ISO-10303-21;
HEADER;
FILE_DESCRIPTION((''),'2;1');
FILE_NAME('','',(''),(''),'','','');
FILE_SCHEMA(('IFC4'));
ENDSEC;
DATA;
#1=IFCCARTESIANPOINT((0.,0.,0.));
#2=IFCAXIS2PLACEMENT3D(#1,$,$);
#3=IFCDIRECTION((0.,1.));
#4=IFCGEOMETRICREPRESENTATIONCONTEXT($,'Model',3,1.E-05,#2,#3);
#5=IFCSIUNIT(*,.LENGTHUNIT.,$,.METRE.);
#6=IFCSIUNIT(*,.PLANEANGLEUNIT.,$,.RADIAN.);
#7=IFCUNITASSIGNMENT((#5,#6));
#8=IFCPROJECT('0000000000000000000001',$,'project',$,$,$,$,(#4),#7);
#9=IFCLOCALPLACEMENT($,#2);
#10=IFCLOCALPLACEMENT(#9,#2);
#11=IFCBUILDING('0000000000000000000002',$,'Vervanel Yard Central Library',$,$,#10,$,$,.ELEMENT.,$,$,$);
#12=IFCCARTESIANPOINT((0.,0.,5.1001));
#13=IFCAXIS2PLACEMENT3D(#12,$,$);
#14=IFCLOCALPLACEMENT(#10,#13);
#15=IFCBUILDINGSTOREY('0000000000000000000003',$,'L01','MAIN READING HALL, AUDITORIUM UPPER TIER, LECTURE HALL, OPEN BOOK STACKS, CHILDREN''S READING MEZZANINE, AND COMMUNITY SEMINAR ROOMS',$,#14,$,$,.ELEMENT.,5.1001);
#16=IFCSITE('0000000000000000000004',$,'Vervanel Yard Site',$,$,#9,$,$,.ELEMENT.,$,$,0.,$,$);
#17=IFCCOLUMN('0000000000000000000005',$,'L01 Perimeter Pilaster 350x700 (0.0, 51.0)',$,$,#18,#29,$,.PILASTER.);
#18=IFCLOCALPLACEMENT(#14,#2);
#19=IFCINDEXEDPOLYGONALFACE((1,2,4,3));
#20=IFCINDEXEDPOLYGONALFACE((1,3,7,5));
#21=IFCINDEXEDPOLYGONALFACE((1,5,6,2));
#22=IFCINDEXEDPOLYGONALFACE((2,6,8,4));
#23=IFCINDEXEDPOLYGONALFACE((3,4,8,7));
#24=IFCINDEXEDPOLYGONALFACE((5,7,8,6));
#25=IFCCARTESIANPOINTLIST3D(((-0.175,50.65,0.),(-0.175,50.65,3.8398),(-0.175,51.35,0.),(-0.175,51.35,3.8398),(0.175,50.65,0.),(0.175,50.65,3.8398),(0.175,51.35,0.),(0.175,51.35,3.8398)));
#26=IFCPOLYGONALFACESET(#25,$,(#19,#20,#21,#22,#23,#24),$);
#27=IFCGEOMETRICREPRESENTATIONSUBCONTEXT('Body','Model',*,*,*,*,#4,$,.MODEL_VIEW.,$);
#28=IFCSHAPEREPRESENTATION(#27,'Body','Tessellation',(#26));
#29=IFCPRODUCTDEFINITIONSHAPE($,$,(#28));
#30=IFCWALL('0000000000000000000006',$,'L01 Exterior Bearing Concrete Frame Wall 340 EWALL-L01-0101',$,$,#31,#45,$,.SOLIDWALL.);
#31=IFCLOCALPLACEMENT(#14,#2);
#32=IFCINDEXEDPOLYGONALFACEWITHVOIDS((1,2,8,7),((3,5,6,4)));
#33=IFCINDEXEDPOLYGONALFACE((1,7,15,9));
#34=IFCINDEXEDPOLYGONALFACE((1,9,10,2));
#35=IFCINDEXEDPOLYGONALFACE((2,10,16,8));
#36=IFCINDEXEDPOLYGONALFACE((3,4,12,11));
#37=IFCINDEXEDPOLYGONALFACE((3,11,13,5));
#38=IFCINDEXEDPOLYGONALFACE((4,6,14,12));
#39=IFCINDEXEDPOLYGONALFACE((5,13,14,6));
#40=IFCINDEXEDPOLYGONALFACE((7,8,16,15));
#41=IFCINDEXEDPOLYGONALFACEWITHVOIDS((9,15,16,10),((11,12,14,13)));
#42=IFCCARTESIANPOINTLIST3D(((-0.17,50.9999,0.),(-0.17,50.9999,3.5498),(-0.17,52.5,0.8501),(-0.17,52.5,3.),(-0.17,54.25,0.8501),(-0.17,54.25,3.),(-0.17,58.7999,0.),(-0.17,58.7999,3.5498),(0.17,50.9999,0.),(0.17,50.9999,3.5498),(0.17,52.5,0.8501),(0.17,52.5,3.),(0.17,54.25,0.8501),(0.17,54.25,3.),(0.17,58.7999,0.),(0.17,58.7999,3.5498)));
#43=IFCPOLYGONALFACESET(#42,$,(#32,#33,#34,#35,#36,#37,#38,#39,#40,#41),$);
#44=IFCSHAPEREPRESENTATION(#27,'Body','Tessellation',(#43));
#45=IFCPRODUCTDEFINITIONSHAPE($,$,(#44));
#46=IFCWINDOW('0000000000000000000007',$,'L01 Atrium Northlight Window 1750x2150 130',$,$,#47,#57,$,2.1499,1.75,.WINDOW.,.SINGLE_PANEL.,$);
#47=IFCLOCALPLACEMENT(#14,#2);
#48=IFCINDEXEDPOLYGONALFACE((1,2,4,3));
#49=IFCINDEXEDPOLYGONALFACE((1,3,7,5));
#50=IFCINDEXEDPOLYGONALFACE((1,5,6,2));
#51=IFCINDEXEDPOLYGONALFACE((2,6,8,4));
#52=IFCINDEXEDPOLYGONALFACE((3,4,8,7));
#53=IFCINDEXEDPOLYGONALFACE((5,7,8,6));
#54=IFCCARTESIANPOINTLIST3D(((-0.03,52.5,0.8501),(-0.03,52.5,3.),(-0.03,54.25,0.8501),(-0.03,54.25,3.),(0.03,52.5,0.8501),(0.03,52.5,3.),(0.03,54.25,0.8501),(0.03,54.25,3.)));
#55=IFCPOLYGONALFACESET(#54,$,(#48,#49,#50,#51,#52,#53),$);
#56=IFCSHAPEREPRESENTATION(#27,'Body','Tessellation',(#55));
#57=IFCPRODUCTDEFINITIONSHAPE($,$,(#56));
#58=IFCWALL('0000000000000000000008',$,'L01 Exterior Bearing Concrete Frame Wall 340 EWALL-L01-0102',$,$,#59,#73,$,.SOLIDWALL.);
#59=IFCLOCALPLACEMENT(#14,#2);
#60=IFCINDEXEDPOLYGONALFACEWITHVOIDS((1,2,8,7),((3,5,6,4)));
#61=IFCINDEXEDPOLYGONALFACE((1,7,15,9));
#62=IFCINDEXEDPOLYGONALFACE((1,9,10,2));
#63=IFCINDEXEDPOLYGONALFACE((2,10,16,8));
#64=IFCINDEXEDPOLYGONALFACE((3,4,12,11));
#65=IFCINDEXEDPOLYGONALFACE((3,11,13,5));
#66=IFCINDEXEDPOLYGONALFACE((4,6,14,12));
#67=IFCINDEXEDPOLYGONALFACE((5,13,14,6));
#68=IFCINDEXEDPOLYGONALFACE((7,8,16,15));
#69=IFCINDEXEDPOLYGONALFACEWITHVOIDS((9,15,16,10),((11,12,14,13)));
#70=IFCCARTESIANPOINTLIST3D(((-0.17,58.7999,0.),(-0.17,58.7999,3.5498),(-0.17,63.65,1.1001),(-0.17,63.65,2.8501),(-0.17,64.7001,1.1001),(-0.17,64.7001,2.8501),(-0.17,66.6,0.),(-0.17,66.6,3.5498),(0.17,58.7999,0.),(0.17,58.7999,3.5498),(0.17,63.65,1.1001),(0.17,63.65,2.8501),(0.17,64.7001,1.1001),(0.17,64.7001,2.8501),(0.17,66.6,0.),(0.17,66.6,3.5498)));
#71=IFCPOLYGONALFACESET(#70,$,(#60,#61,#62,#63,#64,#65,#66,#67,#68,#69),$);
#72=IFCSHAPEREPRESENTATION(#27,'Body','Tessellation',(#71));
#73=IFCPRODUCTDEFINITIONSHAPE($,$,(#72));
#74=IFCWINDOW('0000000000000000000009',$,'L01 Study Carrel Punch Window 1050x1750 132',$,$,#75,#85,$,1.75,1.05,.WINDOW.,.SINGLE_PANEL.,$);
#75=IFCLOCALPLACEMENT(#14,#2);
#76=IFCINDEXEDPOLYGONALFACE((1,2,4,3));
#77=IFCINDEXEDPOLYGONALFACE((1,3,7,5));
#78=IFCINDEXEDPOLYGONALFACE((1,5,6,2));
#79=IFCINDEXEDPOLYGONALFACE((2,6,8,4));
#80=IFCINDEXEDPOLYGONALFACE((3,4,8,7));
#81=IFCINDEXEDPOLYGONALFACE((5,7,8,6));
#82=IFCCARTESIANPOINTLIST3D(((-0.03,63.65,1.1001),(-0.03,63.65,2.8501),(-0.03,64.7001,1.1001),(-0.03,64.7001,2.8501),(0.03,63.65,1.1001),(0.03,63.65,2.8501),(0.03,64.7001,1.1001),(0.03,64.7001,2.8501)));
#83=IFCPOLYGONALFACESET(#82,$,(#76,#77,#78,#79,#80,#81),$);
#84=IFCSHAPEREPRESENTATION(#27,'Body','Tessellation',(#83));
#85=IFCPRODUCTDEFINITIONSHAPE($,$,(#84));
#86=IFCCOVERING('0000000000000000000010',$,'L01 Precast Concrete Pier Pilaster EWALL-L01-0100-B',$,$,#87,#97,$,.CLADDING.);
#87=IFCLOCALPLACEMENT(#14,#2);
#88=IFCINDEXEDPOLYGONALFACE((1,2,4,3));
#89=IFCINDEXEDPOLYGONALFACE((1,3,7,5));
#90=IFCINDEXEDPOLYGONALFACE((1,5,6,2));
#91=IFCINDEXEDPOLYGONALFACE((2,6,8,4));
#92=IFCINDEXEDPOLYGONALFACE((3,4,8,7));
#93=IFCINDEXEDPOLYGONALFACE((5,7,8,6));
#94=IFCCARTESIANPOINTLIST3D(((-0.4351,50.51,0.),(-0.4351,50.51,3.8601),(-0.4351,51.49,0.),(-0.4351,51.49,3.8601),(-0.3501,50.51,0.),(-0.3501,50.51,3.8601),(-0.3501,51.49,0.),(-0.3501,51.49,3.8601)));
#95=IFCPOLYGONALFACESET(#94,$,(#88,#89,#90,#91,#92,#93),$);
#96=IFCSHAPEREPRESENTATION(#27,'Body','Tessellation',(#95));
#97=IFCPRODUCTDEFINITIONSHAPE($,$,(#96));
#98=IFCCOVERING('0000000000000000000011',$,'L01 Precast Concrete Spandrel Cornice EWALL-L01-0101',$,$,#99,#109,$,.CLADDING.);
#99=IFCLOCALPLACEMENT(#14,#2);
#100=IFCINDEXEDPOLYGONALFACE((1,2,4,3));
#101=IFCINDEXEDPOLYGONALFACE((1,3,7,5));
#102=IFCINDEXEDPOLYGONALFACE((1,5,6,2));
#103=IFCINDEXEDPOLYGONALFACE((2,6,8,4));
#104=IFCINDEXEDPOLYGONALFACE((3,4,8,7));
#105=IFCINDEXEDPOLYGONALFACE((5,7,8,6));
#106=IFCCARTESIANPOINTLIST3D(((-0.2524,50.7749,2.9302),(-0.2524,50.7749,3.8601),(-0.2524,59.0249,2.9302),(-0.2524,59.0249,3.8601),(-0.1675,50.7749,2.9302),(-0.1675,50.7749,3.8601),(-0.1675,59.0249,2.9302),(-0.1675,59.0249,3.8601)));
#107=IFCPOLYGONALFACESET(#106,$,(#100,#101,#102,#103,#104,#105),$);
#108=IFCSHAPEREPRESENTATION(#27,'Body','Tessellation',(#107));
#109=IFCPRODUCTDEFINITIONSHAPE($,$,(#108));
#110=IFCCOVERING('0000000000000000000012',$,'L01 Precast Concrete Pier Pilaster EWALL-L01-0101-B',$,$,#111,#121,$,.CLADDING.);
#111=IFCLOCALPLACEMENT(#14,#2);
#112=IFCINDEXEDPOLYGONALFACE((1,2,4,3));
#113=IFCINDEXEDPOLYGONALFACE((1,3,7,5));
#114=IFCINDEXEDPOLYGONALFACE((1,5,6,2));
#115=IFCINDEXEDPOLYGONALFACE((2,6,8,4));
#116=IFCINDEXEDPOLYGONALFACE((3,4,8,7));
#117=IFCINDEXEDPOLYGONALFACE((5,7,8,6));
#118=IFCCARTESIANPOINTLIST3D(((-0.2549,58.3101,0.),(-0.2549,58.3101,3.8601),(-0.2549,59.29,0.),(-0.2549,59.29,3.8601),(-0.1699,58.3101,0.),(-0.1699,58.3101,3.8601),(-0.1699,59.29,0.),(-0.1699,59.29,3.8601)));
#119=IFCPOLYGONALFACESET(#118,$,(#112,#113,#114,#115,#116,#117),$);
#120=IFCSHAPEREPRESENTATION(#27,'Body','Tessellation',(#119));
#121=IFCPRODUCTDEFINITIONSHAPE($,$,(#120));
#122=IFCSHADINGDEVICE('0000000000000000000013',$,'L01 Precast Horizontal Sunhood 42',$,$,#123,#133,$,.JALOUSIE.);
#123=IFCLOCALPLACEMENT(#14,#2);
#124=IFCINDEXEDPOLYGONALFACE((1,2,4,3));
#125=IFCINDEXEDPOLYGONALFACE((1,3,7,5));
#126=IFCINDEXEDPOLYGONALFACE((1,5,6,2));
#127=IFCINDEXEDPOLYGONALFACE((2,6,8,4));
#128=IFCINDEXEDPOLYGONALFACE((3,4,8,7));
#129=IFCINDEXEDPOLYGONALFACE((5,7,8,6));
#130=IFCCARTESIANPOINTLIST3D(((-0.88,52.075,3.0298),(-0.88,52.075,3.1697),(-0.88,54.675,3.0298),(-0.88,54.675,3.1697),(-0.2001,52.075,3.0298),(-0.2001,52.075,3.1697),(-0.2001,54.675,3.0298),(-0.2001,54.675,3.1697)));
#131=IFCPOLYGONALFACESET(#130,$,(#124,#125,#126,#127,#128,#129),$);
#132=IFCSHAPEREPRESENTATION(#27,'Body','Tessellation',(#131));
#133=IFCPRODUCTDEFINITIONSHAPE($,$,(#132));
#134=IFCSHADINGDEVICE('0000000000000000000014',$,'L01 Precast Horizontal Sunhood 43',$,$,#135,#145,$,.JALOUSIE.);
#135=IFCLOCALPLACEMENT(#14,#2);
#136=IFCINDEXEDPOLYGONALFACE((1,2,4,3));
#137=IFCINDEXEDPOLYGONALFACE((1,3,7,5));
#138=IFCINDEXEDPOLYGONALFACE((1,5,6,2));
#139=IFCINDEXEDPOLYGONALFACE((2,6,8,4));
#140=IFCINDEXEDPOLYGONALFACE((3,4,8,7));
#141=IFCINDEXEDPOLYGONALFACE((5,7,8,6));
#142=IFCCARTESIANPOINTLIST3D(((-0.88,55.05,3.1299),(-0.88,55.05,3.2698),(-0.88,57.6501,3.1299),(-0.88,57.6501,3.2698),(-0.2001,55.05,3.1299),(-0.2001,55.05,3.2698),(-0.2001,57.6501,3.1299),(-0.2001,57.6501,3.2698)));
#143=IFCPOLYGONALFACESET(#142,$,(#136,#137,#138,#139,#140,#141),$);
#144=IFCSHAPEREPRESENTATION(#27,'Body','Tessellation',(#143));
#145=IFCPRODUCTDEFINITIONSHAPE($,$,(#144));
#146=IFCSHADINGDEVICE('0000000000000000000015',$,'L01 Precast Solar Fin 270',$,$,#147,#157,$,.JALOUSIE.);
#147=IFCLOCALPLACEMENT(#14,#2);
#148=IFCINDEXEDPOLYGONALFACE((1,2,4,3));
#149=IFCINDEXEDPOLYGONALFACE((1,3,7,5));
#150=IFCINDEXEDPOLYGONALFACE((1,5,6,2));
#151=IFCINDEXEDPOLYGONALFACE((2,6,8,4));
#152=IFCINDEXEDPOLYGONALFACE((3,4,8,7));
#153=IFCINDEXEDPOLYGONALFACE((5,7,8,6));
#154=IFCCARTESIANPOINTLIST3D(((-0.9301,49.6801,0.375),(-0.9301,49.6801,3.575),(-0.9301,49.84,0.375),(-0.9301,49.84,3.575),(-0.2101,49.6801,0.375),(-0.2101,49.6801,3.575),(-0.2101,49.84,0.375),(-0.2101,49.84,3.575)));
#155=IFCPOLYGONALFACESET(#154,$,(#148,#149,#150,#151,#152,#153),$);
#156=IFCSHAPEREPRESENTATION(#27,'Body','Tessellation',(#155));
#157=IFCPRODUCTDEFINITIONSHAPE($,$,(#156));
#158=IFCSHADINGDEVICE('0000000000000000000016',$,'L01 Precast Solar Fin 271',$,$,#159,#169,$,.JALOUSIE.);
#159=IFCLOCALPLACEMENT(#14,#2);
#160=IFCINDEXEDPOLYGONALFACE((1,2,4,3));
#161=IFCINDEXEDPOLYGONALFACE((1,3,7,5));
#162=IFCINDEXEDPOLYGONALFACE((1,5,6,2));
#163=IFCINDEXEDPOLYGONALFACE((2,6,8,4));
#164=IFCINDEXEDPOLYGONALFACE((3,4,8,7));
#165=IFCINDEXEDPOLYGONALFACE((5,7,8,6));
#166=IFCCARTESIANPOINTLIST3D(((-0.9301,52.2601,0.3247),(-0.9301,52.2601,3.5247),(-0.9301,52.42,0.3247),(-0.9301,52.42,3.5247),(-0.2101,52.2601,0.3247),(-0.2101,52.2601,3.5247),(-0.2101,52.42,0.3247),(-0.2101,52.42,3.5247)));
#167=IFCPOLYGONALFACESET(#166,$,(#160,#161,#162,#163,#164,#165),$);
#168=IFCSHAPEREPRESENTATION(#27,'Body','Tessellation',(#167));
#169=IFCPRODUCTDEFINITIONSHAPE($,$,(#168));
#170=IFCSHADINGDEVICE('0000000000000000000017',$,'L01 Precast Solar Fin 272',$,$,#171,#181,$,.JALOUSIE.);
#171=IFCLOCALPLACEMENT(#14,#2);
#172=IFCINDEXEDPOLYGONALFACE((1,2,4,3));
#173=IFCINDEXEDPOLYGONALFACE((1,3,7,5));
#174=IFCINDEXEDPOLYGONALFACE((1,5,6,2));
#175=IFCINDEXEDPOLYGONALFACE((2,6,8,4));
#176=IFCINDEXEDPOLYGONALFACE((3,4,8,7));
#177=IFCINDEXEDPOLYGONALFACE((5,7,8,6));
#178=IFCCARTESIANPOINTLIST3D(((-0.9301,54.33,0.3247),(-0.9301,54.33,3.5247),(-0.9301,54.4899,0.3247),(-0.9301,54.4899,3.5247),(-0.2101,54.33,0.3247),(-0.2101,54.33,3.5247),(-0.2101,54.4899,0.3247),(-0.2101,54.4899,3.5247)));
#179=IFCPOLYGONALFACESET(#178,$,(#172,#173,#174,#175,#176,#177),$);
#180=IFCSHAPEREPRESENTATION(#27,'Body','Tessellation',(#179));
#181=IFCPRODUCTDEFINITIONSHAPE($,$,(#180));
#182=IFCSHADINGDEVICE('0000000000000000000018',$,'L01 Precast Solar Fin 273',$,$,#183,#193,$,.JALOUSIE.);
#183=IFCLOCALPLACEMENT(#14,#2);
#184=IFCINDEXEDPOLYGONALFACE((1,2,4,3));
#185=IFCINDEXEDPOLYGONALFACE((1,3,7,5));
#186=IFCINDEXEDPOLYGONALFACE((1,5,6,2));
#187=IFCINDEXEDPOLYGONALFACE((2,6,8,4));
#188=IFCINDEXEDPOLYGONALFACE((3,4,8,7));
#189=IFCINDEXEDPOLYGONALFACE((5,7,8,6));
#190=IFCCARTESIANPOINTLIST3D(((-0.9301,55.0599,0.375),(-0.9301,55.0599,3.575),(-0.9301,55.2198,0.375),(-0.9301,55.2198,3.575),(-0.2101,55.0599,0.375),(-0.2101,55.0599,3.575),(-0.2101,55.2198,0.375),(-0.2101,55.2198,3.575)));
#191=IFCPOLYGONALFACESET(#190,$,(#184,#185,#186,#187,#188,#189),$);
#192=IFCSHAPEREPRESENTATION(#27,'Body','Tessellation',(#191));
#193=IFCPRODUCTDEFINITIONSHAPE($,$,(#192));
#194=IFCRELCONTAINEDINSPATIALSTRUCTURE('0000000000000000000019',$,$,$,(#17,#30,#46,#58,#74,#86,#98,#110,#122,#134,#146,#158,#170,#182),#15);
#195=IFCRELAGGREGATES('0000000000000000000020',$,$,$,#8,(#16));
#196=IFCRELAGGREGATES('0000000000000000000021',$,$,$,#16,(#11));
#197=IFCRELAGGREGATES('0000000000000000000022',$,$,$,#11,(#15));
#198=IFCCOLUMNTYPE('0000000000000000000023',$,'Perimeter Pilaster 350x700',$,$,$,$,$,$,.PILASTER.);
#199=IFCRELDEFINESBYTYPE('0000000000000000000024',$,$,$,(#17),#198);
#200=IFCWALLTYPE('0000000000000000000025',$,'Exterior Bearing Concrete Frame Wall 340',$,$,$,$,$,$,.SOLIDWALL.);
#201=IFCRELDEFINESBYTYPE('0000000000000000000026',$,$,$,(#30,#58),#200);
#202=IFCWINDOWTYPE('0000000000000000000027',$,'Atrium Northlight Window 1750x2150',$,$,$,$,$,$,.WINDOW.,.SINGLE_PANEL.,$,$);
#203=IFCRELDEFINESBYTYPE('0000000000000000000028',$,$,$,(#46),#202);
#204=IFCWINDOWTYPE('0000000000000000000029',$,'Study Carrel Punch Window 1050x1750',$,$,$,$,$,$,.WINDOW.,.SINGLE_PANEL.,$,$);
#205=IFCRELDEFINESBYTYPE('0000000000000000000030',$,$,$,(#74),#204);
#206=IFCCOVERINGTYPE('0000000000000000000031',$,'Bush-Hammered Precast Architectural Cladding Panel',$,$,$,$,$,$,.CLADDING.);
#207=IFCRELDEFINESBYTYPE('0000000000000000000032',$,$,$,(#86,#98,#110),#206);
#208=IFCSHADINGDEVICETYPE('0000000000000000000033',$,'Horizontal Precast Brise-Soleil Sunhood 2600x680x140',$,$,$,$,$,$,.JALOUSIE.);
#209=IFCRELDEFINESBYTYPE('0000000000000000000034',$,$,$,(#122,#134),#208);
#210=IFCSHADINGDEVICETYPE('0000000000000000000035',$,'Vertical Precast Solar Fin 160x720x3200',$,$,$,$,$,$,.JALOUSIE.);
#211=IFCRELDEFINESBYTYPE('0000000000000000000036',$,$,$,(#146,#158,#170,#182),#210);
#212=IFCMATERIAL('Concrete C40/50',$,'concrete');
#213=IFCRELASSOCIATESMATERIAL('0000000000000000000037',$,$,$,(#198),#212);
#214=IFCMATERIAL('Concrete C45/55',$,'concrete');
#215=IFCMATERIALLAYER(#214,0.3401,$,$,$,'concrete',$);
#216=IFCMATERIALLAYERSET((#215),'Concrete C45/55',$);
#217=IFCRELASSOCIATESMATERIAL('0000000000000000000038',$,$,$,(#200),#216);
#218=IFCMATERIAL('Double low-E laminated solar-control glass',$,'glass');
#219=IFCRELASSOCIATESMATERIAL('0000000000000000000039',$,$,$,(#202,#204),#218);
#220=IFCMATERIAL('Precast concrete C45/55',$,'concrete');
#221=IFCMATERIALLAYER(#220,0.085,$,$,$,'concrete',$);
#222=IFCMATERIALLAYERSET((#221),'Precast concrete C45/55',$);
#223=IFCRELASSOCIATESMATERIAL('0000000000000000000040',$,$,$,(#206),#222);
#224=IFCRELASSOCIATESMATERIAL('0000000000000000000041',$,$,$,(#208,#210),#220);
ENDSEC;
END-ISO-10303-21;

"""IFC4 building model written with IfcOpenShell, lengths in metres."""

from ifc_helpers import new_model, si_unit, direction, frame, frame_2d, origin, origin_2d, place, context, subcontext, project, spatial, rectangle, extrude, material, layer, layer_set, material_profile, profile_set, type_object, element, fill, save


model = new_model("IFC4")

# Units and contexts
model_context = context("Model", 3, precision=1e-05, world=origin(), true_north=direction((0.0, 1.0)))
body_context = subcontext(model_context, "Body", "Model", "MODEL_VIEW")
ifc_project = project(units=[si_unit("LENGTHUNIT", "METRE"), si_unit("PLANEANGLEUNIT", "RADIAN")], contexts=[model_context])

# Site, building, storey
site_placement = place(None, origin())
site = spatial("IfcSite", under=ifc_project, at=site_placement, Name="Vervanel Yard Site", CompositionType="ELEMENT", RefElevation=0.0)
building_placement = place(site_placement, origin())
building = spatial("IfcBuilding", under=site, at=building_placement, Name="Vervanel Yard Central Library", CompositionType="ELEMENT")
storey_placement = place(building_placement, frame((0.0, 0.0, 5.1001)))
storey = spatial("IfcBuildingStorey", under=building, at=storey_placement, Name="L01", Description="MAIN READING HALL, AUDITORIUM UPPER TIER, LECTURE HALL, OPEN BOOK STACKS, CHILDREN'S READING MEZZANINE, AND COMMUNITY SEMINAR ROOMS", CompositionType="ELEMENT", Elevation=5.1001)

# Column
ifc_material_1 = material(Name="Concrete C40/50", Category="concrete")
ifc_material_profile = material_profile(ifc_material_1, rectangle(XDim=0.3501, YDim=0.7, at=origin_2d()), Name="RC 350x700", Category="concrete")
ifc_profile_set = profile_set([ifc_material_profile], Name="Concrete C40/50")
column_type = type_object("IfcColumnType", Name="Perimeter Pilaster 350x700", PredefinedType="PILASTER", material=ifc_profile_set)
column_placement = place(storey_placement, frame((0.0, 51.0, 0.0), z_axis=(0.0, 0.0, 1.0), x_axis=(1.0, 0.0, 0.0)))
element("IfcColumn", 1, at=column_placement, inside=storey, type_object=column_type, Name="L01 Perimeter Pilaster 350x700 (0.0, 51.0)", PredefinedType="PILASTER", context=body_context, shape_type="SweptSolid", body=[
    extrude(rectangle(XDim=0.3501, YDim=0.7, at=origin_2d()), origin(), (0.0, 0.0, 1.0), 3.8398),
])

# Walls, openings, windows
ifc_material_2 = material(Name="Concrete C45/55", Category="concrete")
ifc_layer_1 = layer(ifc_material_2, 0.3401, Category="concrete")
ifc_layer_set_1 = layer_set([ifc_layer_1], Name="Concrete C45/55")
wall_type = type_object("IfcWallType", Name="Exterior Bearing Concrete Frame Wall 340", PredefinedType="SOLIDWALL", material=ifc_layer_set_1)
wall_1_placement = place(storey_placement, frame((0.0, 51.0, 0.0), z_axis=(0.0, 0.0, 1.0), x_axis=(0.0, 1.0, 0.0)))
wall_1 = element("IfcWall", 2, at=wall_1_placement, inside=storey, type_object=wall_type, Name="L01 Exterior Bearing Concrete Frame Wall 340 EWALL-L01-0101", PredefinedType="SOLIDWALL", context=body_context, shape_type="SweptSolid", body=[
    extrude(rectangle(XDim=7.8, YDim=0.3401, at=frame_2d((3.8999, 0.0))), origin(), (0.0, 0.0, 1.0), 3.5498),
])
opening_1_placement = place(wall_1_placement, frame((1.5, 0.0, 0.8501)))
opening_1 = element("IfcOpeningElement", 3, at=opening_1_placement, cuts=wall_1, PredefinedType="OPENING", context=body_context, shape_type="SweptSolid", body=[
    extrude(rectangle(XDim=1.75, YDim=2.1499, at=frame_2d((0.875, 1.075))), frame((0.0, 0.1799, 0.0), z_axis=(0.0, -1.0, 0.0), x_axis=(1.0, 0.0, 0.0)), (0.0, 0.0, 1.0), 0.3601),
])
ifc_material_3 = material(Name="Double low-E laminated solar-control glass", Category="glass")
window_type_1 = type_object("IfcWindowType", Name="Atrium Northlight Window 1750x2150", PartitioningType="SINGLE_PANEL", PredefinedType="WINDOW", material=ifc_material_3)
window_1_placement = place(opening_1_placement, origin())
window_1 = element("IfcWindow", 4, at=window_1_placement, inside=storey, type_object=window_type_1, Name="L01 Atrium Northlight Window 1750x2150 130", OverallHeight=2.1499, OverallWidth=1.75, PartitioningType="SINGLE_PANEL", PredefinedType="WINDOW", context=body_context, shape_type="SweptSolid", body=[
    extrude(rectangle(XDim=1.75, YDim=2.1499, at=frame_2d((0.875, 1.075))), frame((0.0, 0.03, 0.0), z_axis=(0.0, -1.0, 0.0), x_axis=(1.0, 0.0, 0.0)), (0.0, 0.0, 1.0), 0.0601),
])
fill(opening_1, window_1)
wall_2_placement = place(storey_placement, frame((0.0, 58.8, 0.0), z_axis=(0.0, 0.0, 1.0), x_axis=(0.0, 1.0, 0.0)))
wall_2 = element("IfcWall", 5, at=wall_2_placement, inside=storey, type_object=wall_type, Name="L01 Exterior Bearing Concrete Frame Wall 340 EWALL-L01-0102", PredefinedType="SOLIDWALL", context=body_context, shape_type="SweptSolid", body=[
    extrude(rectangle(XDim=7.8, YDim=0.3401, at=frame_2d((3.8999, 0.0))), origin(), (0.0, 0.0, 1.0), 3.5498),
])
opening_2_placement = place(wall_2_placement, frame((4.8501, 0.0, 1.1001)))
opening_2 = element("IfcOpeningElement", 6, at=opening_2_placement, cuts=wall_2, PredefinedType="OPENING", context=body_context, shape_type="SweptSolid", body=[
    extrude(rectangle(XDim=1.05, YDim=1.75, at=frame_2d((0.5249, 0.875))), frame((0.0, 0.1799, 0.0), z_axis=(0.0, -1.0, 0.0), x_axis=(1.0, 0.0, 0.0)), (0.0, 0.0, 1.0), 0.3601),
])
window_type_2 = type_object("IfcWindowType", Name="Study Carrel Punch Window 1050x1750", PartitioningType="SINGLE_PANEL", PredefinedType="WINDOW", material=ifc_material_3)
window_2_placement = place(opening_2_placement, origin())
window_2 = element("IfcWindow", 7, at=window_2_placement, inside=storey, type_object=window_type_2, Name="L01 Study Carrel Punch Window 1050x1750 132", OverallHeight=1.75, OverallWidth=1.05, PartitioningType="SINGLE_PANEL", PredefinedType="WINDOW", context=body_context, shape_type="SweptSolid", body=[
    extrude(rectangle(XDim=1.05, YDim=1.75, at=frame_2d((0.5249, 0.875))), frame((0.0, 0.03, 0.0), z_axis=(0.0, -1.0, 0.0), x_axis=(1.0, 0.0, 0.0)), (0.0, 0.0, 1.0), 0.0601),
])
fill(opening_2, window_2)

# Coverings
ifc_material_4 = material(Name="Precast concrete C45/55", Category="concrete")
ifc_layer_2 = layer(ifc_material_4, 0.085, Category="concrete")
ifc_layer_set_2 = layer_set([ifc_layer_2], Name="Precast concrete C45/55")
covering_type = type_object("IfcCoveringType", Name="Bush-Hammered Precast Architectural Cladding Panel", PredefinedType="CLADDING", material=ifc_layer_set_2)
covering_1_placement = place(storey_placement, frame((-0.3926, 51.0, 0.0), z_axis=(0.0, 0.0, 1.0), x_axis=(0.0, 1.0, 0.0)))
element("IfcCovering", 8, at=covering_1_placement, inside=storey, type_object=covering_type, Name="L01 Precast Concrete Pier Pilaster EWALL-L01-0100-B", PredefinedType="CLADDING", context=body_context, shape_type="SweptSolid", body=[
    extrude(rectangle(XDim=0.98, YDim=0.085, at=origin_2d()), origin(), (0.0, 0.0, 1.0), 3.8601),
])
covering_2_placement = place(storey_placement, frame((-0.21, 54.8999, 2.9302), z_axis=(0.0, 0.0, 1.0), x_axis=(0.0, 1.0, 0.0)))
element("IfcCovering", 9, at=covering_2_placement, inside=storey, type_object=covering_type, Name="L01 Precast Concrete Spandrel Cornice EWALL-L01-0101", PredefinedType="CLADDING", context=body_context, shape_type="SweptSolid", body=[
    extrude(rectangle(XDim=8.25, YDim=0.085, at=origin_2d()), origin(), (0.0, 0.0, 1.0), 0.9299),
])
covering_3_placement = place(storey_placement, frame((-0.2124, 58.8, 0.0), z_axis=(0.0, 0.0, 1.0), x_axis=(0.0, 1.0, 0.0)))
element("IfcCovering", 10, at=covering_3_placement, inside=storey, type_object=covering_type, Name="L01 Precast Concrete Pier Pilaster EWALL-L01-0101-B", PredefinedType="CLADDING", context=body_context, shape_type="SweptSolid", body=[
    extrude(rectangle(XDim=0.98, YDim=0.085, at=origin_2d()), origin(), (0.0, 0.0, 1.0), 3.8601),
])

# Shading devices
shading_device_type_1 = type_object("IfcShadingDeviceType", Name="Horizontal Precast Brise-Soleil Sunhood 2600x680x140", PredefinedType="JALOUSIE", material=ifc_material_4)
for number, where, z_axis, x_axis, name in (
    (11, (-0.54, 53.375, 3.0298), (0.0, 0.0, 1.0), (0.0, 1.0, 0.0), "L01 Precast Horizontal Sunhood 42"),
    (12, (-0.54, 56.3501, 3.1299), (0.0, 0.0, 1.0), (0.0, 1.0, 0.0), "L01 Precast Horizontal Sunhood 43"),
):
    element("IfcShadingDevice", number, at=place(storey_placement, frame(where, z_axis=z_axis, x_axis=x_axis)), inside=storey, type_object=shading_device_type_1, Name=name, PredefinedType="JALOUSIE", context=body_context, shape_type="SweptSolid", body=[
        extrude(rectangle(XDim=2.6001, YDim=0.6799, at=origin_2d()), origin(), (0.0, 0.0, 1.0), 0.1399),
    ])
shading_device_type_2 = type_object("IfcShadingDeviceType", Name="Vertical Precast Solar Fin 160x720x3200", PredefinedType="JALOUSIE", material=ifc_material_4)
for number, where, z_axis, x_axis, name in (
    (13, (-0.5701, 49.76, 0.375), (0.0, 0.0, 1.0), (0.0, 1.0, 0.0), "L01 Precast Solar Fin 270"),
    (14, (-0.5701, 52.3401, 0.3247), (0.0, 0.0, 1.0), (0.0, 1.0, 0.0), "L01 Precast Solar Fin 271"),
    (15, (-0.5701, 54.4099, 0.3247), (0.0, 0.0, 1.0), (0.0, 1.0, 0.0), "L01 Precast Solar Fin 272"),
    (16, (-0.5701, 55.1399, 0.375), (0.0, 0.0, 1.0), (0.0, 1.0, 0.0), "L01 Precast Solar Fin 273"),
):
    element("IfcShadingDevice", number, at=place(storey_placement, frame(where, z_axis=z_axis, x_axis=x_axis)), inside=storey, type_object=shading_device_type_2, Name=name, PredefinedType="JALOUSIE", context=body_context, shape_type="SweptSolid", body=[
        extrude(rectangle(XDim=0.1599, YDim=0.72, at=origin_2d()), origin(), (0.0, 0.0, 1.0), 3.2),
    ])

save(model, "model.ifc")
